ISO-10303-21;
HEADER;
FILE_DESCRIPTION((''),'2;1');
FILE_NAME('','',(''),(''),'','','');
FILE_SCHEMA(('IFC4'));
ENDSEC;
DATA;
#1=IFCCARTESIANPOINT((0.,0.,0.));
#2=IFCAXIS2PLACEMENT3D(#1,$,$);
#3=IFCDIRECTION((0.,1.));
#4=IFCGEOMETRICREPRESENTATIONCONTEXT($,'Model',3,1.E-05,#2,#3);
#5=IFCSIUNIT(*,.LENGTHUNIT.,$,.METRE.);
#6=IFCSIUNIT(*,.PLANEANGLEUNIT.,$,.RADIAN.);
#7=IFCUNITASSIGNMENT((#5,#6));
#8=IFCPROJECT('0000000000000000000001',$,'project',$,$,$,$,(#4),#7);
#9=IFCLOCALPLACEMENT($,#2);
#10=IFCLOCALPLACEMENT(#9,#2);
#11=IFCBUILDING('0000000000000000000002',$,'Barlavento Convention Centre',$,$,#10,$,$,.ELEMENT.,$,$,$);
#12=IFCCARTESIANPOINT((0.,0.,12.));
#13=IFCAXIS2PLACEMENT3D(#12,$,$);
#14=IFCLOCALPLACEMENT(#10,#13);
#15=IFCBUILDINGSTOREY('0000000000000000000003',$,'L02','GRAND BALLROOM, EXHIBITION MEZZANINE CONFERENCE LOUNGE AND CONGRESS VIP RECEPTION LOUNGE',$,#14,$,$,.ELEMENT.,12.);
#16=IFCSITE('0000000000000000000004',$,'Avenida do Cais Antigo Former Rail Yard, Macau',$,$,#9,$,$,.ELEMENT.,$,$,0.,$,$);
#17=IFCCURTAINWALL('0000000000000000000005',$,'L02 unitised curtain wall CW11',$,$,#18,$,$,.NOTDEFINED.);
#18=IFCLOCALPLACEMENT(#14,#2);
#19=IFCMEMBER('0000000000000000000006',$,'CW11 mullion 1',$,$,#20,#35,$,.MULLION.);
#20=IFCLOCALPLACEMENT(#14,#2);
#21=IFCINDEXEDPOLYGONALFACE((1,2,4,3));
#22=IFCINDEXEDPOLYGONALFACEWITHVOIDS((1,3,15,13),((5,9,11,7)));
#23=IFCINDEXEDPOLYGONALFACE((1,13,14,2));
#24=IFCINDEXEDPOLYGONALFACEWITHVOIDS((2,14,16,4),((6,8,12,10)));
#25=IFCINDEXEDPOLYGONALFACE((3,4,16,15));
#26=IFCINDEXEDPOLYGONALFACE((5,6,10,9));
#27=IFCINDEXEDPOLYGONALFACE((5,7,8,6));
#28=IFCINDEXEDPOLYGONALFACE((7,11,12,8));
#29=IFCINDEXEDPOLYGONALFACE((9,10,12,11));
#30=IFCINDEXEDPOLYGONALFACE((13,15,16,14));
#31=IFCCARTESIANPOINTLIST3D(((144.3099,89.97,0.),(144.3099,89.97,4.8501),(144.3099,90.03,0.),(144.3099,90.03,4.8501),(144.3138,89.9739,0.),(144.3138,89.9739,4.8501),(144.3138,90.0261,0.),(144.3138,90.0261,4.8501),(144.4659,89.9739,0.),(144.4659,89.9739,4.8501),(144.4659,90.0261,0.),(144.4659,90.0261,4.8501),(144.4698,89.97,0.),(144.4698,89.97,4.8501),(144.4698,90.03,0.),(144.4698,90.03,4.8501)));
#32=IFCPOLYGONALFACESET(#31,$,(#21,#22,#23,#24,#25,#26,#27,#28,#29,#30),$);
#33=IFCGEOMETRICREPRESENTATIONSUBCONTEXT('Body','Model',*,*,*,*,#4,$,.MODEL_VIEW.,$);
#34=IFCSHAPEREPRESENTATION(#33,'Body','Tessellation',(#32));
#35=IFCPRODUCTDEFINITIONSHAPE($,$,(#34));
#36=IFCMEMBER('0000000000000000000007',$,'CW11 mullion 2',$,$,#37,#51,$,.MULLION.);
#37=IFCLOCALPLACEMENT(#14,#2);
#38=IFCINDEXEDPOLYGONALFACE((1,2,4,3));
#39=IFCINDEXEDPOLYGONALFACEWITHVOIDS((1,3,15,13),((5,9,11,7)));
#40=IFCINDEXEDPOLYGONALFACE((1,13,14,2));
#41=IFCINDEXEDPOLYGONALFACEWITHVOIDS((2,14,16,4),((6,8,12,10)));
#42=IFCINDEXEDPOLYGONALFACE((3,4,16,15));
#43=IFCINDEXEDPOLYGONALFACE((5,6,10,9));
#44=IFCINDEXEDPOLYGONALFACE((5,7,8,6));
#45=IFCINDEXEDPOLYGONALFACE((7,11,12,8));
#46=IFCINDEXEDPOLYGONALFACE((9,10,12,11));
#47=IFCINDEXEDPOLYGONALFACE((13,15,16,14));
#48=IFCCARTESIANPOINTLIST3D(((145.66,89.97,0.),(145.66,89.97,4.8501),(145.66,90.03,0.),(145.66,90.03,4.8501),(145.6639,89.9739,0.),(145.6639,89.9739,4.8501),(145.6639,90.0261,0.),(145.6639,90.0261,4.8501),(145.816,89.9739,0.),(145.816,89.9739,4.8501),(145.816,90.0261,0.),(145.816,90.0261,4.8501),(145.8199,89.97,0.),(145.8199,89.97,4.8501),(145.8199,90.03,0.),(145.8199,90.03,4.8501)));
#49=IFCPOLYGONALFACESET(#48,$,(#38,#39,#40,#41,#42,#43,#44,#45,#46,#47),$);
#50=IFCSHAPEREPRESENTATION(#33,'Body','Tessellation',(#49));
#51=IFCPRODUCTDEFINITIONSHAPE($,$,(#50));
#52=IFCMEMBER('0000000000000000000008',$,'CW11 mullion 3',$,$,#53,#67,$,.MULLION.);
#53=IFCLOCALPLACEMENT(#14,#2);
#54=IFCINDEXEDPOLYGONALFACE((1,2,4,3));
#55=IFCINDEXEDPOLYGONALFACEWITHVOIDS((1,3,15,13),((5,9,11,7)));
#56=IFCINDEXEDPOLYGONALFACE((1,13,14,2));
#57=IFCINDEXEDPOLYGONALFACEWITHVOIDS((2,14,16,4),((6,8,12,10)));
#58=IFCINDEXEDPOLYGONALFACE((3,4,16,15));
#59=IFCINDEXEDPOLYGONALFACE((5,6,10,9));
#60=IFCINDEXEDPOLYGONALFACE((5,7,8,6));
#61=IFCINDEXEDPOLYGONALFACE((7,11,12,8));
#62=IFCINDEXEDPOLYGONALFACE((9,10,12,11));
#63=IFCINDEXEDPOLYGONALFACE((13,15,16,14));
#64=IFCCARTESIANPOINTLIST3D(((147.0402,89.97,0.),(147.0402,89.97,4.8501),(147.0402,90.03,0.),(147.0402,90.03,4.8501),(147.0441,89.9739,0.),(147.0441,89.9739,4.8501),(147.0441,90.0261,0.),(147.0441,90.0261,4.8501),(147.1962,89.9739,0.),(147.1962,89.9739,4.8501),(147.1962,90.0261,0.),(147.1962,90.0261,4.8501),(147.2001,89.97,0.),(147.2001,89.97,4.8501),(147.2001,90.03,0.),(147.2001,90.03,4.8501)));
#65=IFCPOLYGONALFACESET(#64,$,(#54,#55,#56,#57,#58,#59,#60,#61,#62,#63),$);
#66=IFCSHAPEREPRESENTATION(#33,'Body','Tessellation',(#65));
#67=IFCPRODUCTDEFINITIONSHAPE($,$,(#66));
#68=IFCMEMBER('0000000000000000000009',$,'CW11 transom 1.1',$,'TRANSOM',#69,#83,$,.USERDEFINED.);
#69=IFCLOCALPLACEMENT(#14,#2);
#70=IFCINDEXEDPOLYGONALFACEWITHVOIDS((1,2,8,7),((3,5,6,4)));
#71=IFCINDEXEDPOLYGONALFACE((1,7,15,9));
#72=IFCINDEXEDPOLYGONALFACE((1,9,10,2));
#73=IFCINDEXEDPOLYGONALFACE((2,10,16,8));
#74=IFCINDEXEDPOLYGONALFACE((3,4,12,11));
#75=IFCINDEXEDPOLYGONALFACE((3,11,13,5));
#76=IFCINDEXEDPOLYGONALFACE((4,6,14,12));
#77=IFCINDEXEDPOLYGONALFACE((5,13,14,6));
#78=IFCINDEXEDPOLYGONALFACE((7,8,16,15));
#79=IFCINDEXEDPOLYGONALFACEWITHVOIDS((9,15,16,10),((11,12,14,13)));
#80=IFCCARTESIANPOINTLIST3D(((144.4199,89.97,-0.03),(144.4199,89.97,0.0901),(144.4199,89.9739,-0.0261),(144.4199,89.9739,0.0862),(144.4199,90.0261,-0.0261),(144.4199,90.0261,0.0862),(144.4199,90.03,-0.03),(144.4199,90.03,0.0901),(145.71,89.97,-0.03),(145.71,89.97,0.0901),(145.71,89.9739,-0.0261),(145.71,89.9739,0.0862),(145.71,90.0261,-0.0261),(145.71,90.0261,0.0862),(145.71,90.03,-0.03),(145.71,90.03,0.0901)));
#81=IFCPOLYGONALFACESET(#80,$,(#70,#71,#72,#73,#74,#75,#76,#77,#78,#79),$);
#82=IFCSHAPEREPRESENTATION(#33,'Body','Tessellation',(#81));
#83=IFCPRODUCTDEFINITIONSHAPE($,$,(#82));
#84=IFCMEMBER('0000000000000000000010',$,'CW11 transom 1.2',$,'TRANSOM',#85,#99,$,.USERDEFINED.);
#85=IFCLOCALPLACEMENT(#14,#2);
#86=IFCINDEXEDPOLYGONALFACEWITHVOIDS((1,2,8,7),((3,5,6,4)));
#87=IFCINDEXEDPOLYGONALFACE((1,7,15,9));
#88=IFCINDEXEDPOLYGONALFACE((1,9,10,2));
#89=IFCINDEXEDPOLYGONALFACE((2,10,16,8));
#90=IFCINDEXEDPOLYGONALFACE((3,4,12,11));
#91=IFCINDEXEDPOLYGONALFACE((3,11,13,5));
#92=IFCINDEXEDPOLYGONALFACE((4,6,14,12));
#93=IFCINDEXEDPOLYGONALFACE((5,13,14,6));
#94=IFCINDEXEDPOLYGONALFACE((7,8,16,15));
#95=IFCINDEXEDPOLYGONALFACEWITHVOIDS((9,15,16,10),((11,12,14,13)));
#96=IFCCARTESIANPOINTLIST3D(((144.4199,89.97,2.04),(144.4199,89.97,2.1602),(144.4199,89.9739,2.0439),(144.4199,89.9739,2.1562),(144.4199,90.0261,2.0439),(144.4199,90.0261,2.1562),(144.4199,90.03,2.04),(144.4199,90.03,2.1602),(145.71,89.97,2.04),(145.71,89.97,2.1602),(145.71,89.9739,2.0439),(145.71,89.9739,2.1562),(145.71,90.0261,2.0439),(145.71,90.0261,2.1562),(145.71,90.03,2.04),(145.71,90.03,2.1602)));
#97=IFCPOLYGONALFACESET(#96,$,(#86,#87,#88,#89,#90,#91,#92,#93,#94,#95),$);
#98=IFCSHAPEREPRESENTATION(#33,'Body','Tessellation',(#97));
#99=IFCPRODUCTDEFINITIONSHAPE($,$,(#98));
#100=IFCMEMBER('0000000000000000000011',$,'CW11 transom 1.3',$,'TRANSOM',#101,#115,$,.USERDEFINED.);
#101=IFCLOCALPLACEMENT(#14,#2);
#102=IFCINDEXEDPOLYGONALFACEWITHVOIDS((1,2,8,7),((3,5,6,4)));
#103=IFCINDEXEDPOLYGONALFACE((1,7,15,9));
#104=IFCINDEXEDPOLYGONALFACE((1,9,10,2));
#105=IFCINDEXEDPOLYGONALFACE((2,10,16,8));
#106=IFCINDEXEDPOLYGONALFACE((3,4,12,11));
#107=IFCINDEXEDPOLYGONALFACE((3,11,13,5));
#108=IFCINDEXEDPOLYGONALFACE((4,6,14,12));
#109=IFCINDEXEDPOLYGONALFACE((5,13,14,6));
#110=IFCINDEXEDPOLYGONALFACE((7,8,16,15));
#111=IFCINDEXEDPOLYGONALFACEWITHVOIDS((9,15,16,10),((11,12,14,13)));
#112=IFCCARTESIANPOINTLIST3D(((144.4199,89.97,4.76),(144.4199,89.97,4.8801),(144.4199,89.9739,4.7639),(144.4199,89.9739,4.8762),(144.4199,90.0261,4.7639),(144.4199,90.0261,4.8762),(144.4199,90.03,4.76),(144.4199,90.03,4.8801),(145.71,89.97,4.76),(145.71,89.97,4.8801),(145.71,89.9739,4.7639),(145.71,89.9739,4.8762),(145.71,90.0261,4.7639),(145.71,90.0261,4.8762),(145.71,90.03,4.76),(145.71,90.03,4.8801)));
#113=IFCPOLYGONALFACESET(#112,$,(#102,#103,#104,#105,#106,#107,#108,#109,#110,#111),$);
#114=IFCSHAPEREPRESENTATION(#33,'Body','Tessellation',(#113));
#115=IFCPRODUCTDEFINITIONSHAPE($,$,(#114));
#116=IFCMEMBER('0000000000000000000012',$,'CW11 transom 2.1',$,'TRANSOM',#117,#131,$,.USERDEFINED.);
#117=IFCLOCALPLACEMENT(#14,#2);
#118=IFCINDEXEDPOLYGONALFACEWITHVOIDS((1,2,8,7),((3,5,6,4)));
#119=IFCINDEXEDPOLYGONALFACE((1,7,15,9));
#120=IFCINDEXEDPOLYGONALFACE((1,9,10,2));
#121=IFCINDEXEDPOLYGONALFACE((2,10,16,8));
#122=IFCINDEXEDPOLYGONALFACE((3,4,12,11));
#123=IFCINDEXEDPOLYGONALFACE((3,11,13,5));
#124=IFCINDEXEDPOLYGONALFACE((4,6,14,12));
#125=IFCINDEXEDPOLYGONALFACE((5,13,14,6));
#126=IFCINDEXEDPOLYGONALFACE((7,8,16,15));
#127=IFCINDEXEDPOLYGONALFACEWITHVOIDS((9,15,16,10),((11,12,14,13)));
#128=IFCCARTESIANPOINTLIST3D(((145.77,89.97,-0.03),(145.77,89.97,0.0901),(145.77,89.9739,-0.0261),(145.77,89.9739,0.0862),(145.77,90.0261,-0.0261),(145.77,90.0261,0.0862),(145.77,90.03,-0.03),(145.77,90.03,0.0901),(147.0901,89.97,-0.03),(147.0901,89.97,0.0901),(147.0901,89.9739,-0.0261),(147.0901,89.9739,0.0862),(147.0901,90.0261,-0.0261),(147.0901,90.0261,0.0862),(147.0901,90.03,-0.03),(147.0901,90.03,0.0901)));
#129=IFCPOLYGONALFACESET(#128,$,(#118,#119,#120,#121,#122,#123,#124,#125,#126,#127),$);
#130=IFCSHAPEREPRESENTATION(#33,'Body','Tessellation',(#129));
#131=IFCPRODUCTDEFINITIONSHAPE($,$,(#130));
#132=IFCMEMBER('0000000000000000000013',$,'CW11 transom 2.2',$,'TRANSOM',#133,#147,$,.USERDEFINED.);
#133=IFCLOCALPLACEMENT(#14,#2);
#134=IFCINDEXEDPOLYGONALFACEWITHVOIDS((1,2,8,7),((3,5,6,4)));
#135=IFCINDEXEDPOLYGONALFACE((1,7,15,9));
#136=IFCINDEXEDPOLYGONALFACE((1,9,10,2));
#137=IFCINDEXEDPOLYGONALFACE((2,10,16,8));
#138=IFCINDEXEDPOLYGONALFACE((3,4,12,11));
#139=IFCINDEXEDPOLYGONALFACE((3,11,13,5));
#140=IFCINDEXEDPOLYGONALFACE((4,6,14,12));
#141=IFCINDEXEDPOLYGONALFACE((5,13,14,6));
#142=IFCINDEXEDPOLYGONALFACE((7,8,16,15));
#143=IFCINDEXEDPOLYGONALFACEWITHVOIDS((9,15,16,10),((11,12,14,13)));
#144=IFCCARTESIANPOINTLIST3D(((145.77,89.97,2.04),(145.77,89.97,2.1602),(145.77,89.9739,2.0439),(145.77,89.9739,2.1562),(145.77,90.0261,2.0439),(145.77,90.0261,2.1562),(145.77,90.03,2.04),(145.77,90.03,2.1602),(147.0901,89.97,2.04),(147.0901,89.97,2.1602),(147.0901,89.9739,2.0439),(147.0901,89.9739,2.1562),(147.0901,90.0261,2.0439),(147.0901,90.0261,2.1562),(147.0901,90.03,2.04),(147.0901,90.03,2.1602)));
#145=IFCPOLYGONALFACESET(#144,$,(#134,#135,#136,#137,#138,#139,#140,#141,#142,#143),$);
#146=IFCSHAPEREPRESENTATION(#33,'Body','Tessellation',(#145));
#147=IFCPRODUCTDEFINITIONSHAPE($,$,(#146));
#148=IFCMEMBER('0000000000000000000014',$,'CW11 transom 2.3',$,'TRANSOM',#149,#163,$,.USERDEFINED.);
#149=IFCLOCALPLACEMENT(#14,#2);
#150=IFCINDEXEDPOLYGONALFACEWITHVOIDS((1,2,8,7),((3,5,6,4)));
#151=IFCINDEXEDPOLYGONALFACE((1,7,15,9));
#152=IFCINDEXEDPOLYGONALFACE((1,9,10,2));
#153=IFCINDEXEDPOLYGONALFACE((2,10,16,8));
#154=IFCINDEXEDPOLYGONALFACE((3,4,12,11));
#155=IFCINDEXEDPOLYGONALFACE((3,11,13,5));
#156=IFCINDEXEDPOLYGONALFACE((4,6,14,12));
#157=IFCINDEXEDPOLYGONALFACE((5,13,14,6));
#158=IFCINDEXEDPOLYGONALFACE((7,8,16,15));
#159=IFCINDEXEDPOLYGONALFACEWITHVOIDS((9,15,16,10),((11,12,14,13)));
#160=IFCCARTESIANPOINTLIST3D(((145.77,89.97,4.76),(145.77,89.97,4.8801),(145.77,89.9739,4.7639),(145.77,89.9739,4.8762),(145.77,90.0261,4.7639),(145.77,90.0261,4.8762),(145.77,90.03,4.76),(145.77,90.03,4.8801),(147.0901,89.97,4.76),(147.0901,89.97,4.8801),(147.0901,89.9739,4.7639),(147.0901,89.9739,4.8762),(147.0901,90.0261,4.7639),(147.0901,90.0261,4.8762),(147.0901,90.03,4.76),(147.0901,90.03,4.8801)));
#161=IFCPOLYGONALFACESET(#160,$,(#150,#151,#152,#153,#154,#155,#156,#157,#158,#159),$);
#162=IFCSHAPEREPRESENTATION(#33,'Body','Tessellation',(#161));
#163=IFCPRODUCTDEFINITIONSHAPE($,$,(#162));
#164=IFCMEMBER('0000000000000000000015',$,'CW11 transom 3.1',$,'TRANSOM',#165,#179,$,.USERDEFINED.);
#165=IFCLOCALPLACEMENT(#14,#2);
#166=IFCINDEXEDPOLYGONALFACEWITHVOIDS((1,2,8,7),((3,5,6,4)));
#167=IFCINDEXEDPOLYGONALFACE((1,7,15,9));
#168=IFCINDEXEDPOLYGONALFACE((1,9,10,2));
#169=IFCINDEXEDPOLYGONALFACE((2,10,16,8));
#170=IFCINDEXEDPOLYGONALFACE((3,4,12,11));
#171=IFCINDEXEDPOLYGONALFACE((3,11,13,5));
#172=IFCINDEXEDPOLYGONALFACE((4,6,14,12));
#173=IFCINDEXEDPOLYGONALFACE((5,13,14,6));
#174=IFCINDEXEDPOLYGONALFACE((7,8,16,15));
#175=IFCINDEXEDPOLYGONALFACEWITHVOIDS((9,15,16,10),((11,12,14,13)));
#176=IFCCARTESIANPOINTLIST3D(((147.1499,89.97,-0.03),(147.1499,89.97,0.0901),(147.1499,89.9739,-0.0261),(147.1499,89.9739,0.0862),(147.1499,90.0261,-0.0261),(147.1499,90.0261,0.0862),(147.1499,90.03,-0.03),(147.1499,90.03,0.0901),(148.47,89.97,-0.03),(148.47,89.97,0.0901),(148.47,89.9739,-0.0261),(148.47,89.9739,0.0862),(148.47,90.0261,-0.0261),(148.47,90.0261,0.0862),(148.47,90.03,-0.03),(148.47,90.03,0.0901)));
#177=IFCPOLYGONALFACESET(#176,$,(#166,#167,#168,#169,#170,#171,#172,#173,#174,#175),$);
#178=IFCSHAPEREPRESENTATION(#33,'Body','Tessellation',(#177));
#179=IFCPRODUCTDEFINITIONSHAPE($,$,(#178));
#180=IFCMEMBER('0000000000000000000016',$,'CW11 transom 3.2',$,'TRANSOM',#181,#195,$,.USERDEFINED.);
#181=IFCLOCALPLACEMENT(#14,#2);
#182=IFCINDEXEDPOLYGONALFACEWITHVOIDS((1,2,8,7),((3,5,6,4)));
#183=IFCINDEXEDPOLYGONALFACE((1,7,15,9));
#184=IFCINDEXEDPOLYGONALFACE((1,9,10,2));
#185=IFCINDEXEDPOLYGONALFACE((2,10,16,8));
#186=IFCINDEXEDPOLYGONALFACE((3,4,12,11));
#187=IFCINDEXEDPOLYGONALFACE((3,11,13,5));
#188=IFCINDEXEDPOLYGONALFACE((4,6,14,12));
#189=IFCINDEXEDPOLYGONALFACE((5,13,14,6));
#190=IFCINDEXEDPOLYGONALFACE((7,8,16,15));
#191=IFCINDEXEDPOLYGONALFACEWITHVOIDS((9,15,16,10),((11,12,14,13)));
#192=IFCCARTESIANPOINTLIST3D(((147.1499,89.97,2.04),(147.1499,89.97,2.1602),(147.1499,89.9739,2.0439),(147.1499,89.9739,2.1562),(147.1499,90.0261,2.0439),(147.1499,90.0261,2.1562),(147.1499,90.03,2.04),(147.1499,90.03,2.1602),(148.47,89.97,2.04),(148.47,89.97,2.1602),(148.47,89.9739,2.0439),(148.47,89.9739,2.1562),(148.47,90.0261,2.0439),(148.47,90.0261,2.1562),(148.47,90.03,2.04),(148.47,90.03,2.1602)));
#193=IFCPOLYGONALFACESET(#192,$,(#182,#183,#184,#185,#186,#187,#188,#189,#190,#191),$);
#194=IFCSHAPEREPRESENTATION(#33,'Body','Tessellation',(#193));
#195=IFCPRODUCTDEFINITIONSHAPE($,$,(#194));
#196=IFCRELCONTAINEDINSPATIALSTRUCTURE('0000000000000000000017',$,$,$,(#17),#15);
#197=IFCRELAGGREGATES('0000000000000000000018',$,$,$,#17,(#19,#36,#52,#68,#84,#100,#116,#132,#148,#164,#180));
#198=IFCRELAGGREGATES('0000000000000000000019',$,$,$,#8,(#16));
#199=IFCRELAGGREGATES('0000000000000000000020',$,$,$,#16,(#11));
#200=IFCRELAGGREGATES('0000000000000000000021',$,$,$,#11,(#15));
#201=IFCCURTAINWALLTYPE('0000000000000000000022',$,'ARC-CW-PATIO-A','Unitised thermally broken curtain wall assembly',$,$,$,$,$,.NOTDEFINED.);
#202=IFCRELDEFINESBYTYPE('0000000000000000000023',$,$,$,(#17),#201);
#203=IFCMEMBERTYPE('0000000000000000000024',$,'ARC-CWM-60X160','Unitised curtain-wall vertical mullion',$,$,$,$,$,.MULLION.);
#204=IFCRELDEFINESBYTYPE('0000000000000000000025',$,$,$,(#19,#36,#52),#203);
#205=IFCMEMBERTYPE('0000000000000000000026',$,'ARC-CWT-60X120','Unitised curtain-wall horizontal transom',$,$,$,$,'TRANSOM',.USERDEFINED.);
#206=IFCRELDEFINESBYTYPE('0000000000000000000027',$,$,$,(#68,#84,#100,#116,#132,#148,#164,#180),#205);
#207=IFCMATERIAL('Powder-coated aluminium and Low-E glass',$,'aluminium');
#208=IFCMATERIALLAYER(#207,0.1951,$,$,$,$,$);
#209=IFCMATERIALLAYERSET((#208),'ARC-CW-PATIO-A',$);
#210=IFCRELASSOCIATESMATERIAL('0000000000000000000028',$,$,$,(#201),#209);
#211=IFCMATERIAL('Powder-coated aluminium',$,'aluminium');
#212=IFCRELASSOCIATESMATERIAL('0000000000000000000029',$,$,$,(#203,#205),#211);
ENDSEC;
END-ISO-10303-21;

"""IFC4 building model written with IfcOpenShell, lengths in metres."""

from ifc_helpers import new_model, si_unit, direction, frame, origin, origin_2d, place, context, subcontext, project, spatial, hollow_rectangle, extrude, material, layer, layer_set, material_profile, profile_set, type_object, element, aggregate, save


model = new_model("IFC4")

# Units and contexts
model_context = context("Model", 3, precision=1e-05, world=origin(), true_north=direction((0.0, 1.0)))
body_context = subcontext(model_context, "Body", "Model", "MODEL_VIEW")
ifc_project = project(units=[si_unit("LENGTHUNIT", "METRE"), si_unit("PLANEANGLEUNIT", "RADIAN")], contexts=[model_context])

# Site, building, storey
site_placement = place(None, origin())
site = spatial("IfcSite", under=ifc_project, at=site_placement, Name="Avenida do Cais Antigo Former Rail Yard, Macau", CompositionType="ELEMENT", RefElevation=0.0)
building_placement = place(site_placement, origin())
building = spatial("IfcBuilding", under=site, at=building_placement, Name="Barlavento Convention Centre", CompositionType="ELEMENT")
storey_placement = place(building_placement, frame((0.0, 0.0, 12.0)))
storey = spatial("IfcBuildingStorey", under=building, at=storey_placement, Name="L02", Description="GRAND BALLROOM, EXHIBITION MEZZANINE CONFERENCE LOUNGE AND CONGRESS VIP RECEPTION LOUNGE", CompositionType="ELEMENT", Elevation=12.0)

# Curtain wall, members
ifc_material_1 = material(Name="Powder-coated aluminium and Low-E glass", Category="aluminium")
ifc_layer_1 = layer(ifc_material_1, 0.1951)
ifc_layer_set_1 = layer_set([ifc_layer_1], Name="ARC-CW-PATIO-A")
curtain_wall_type = type_object("IfcCurtainWallType", Name="ARC-CW-PATIO-A", Description="Unitised thermally broken curtain wall assembly", PredefinedType="NOTDEFINED", material=ifc_layer_set_1)
curtain_wall_placement = place(storey_placement, origin())
curtain_wall = element("IfcCurtainWall", 1, at=curtain_wall_placement, inside=storey, type_object=curtain_wall_type, Name="L02 unitised curtain wall CW11", PredefinedType="NOTDEFINED")
ifc_material_2 = material(Name="Powder-coated aluminium", Category="aluminium")
ifc_material_profile_1 = material_profile(ifc_material_2, hollow_rectangle(XDim=0.0601, YDim=0.1599, WallThickness=0.0039, at=origin_2d()), Name="AL-MULL 60x160x4")
ifc_profile_set_1 = profile_set([ifc_material_profile_1], Name="Powder-coated aluminium")
member_type_1 = type_object("IfcMemberType", Name="ARC-CWM-60X160", Description="Unitised curtain-wall vertical mullion", PredefinedType="MULLION", material=ifc_profile_set_1)
member_1_placement = place(storey_placement, frame((144.3899, 90.0, 0.0), z_axis=(0.0, 0.0, 1.0), x_axis=(0.0, 1.0, 0.0)))
member_1 = element("IfcMember", 2, at=member_1_placement, type_object=member_type_1, Name="CW11 mullion 1", PredefinedType="MULLION", context=body_context, shape_type="SweptSolid", body=[
    extrude(hollow_rectangle(XDim=0.0601, YDim=0.1599, WallThickness=0.0039, at=origin_2d()), origin(), (0.0, 0.0, 1.0), 4.8501),
])
member_2_placement = place(storey_placement, frame((145.74, 90.0, 0.0), z_axis=(0.0, 0.0, 1.0), x_axis=(0.0, 1.0, 0.0)))
member_2 = element("IfcMember", 3, at=member_2_placement, type_object=member_type_1, Name="CW11 mullion 2", PredefinedType="MULLION", context=body_context, shape_type="SweptSolid", body=[
    extrude(hollow_rectangle(XDim=0.0601, YDim=0.1599, WallThickness=0.0039, at=origin_2d()), origin(), (0.0, 0.0, 1.0), 4.8501),
])
member_3_placement = place(storey_placement, frame((147.1201, 90.0, 0.0), z_axis=(0.0, 0.0, 1.0), x_axis=(0.0, 1.0, 0.0)))
member_3 = element("IfcMember", 4, at=member_3_placement, type_object=member_type_1, Name="CW11 mullion 3", PredefinedType="MULLION", context=body_context, shape_type="SweptSolid", body=[
    extrude(hollow_rectangle(XDim=0.0601, YDim=0.1599, WallThickness=0.0039, at=origin_2d()), origin(), (0.0, 0.0, 1.0), 4.8501),
])
ifc_material_profile_2 = material_profile(ifc_material_2, hollow_rectangle(XDim=0.0601, YDim=0.1201, WallThickness=0.0039, at=origin_2d()), Name="AL-TRAN 60x120x4")
ifc_profile_set_2 = profile_set([ifc_material_profile_2], Name="Powder-coated aluminium")
member_type_2 = type_object("IfcMemberType", Name="ARC-CWT-60X120", Description="Unitised curtain-wall horizontal transom", ElementType="TRANSOM", PredefinedType="USERDEFINED", material=ifc_profile_set_2)
member_4_placement = place(storey_placement, frame((144.4199, 90.0, 0.03), z_axis=(1.0, 0.0, 0.0), x_axis=(0.0, 1.0, 0.0)))
member_4 = element("IfcMember", 5, at=member_4_placement, type_object=member_type_2, Name="CW11 transom 1.1", ObjectType="TRANSOM", PredefinedType="USERDEFINED", context=body_context, shape_type="SweptSolid", body=[
    extrude(hollow_rectangle(XDim=0.0601, YDim=0.1201, WallThickness=0.0039, at=origin_2d()), origin(), (0.0, 0.0, 1.0), 1.29),
])
member_5_placement = place(storey_placement, frame((144.4199, 90.0, 2.1001), z_axis=(1.0, 0.0, 0.0), x_axis=(0.0, 1.0, 0.0)))
member_5 = element("IfcMember", 6, at=member_5_placement, type_object=member_type_2, Name="CW11 transom 1.2", ObjectType="TRANSOM", PredefinedType="USERDEFINED", context=body_context, shape_type="SweptSolid", body=[
    extrude(hollow_rectangle(XDim=0.0601, YDim=0.1201, WallThickness=0.0039, at=origin_2d()), origin(), (0.0, 0.0, 1.0), 1.29),
])
member_6_placement = place(storey_placement, frame((144.4199, 90.0, 4.8201), z_axis=(1.0, 0.0, 0.0), x_axis=(0.0, 1.0, 0.0)))
member_6 = element("IfcMember", 7, at=member_6_placement, type_object=member_type_2, Name="CW11 transom 1.3", ObjectType="TRANSOM", PredefinedType="USERDEFINED", context=body_context, shape_type="SweptSolid", body=[
    extrude(hollow_rectangle(XDim=0.0601, YDim=0.1201, WallThickness=0.0039, at=origin_2d()), origin(), (0.0, 0.0, 1.0), 1.29),
])
member_7_placement = place(storey_placement, frame((145.77, 90.0, 0.03), z_axis=(1.0, 0.0, 0.0), x_axis=(0.0, 1.0, 0.0)))
member_7 = element("IfcMember", 8, at=member_7_placement, type_object=member_type_2, Name="CW11 transom 2.1", ObjectType="TRANSOM", PredefinedType="USERDEFINED", context=body_context, shape_type="SweptSolid", body=[
    extrude(hollow_rectangle(XDim=0.0601, YDim=0.1201, WallThickness=0.0039, at=origin_2d()), origin(), (0.0, 0.0, 1.0), 1.3201),
])
member_8_placement = place(storey_placement, frame((145.77, 90.0, 2.1001), z_axis=(1.0, 0.0, 0.0), x_axis=(0.0, 1.0, 0.0)))
member_8 = element("IfcMember", 9, at=member_8_placement, type_object=member_type_2, Name="CW11 transom 2.2", ObjectType="TRANSOM", PredefinedType="USERDEFINED", context=body_context, shape_type="SweptSolid", body=[
    extrude(hollow_rectangle(XDim=0.0601, YDim=0.1201, WallThickness=0.0039, at=origin_2d()), origin(), (0.0, 0.0, 1.0), 1.3201),
])
member_9_placement = place(storey_placement, frame((145.77, 90.0, 4.8201), z_axis=(1.0, 0.0, 0.0), x_axis=(0.0, 1.0, 0.0)))
member_9 = element("IfcMember", 10, at=member_9_placement, type_object=member_type_2, Name="CW11 transom 2.3", ObjectType="TRANSOM", PredefinedType="USERDEFINED", context=body_context, shape_type="SweptSolid", body=[
    extrude(hollow_rectangle(XDim=0.0601, YDim=0.1201, WallThickness=0.0039, at=origin_2d()), origin(), (0.0, 0.0, 1.0), 1.3201),
])
member_10_placement = place(storey_placement, frame((147.1499, 90.0, 0.03), z_axis=(1.0, 0.0, 0.0), x_axis=(0.0, 1.0, 0.0)))
member_10 = element("IfcMember", 11, at=member_10_placement, type_object=member_type_2, Name="CW11 transom 3.1", ObjectType="TRANSOM", PredefinedType="USERDEFINED", context=body_context, shape_type="SweptSolid", body=[
    extrude(hollow_rectangle(XDim=0.0601, YDim=0.1201, WallThickness=0.0039, at=origin_2d()), origin(), (0.0, 0.0, 1.0), 1.3201),
])
member_11_placement = place(storey_placement, frame((147.1499, 90.0, 2.1001), z_axis=(1.0, 0.0, 0.0), x_axis=(0.0, 1.0, 0.0)))
member_11 = element("IfcMember", 12, at=member_11_placement, type_object=member_type_2, Name="CW11 transom 3.2", ObjectType="TRANSOM", PredefinedType="USERDEFINED", context=body_context, shape_type="SweptSolid", body=[
    extrude(hollow_rectangle(XDim=0.0601, YDim=0.1201, WallThickness=0.0039, at=origin_2d()), origin(), (0.0, 0.0, 1.0), 1.3201),
])
aggregate(curtain_wall, [member_1, member_2, member_3, member_4, member_5, member_6, member_7, member_8, member_9, member_10, member_11])

save(model, "model.ifc")
